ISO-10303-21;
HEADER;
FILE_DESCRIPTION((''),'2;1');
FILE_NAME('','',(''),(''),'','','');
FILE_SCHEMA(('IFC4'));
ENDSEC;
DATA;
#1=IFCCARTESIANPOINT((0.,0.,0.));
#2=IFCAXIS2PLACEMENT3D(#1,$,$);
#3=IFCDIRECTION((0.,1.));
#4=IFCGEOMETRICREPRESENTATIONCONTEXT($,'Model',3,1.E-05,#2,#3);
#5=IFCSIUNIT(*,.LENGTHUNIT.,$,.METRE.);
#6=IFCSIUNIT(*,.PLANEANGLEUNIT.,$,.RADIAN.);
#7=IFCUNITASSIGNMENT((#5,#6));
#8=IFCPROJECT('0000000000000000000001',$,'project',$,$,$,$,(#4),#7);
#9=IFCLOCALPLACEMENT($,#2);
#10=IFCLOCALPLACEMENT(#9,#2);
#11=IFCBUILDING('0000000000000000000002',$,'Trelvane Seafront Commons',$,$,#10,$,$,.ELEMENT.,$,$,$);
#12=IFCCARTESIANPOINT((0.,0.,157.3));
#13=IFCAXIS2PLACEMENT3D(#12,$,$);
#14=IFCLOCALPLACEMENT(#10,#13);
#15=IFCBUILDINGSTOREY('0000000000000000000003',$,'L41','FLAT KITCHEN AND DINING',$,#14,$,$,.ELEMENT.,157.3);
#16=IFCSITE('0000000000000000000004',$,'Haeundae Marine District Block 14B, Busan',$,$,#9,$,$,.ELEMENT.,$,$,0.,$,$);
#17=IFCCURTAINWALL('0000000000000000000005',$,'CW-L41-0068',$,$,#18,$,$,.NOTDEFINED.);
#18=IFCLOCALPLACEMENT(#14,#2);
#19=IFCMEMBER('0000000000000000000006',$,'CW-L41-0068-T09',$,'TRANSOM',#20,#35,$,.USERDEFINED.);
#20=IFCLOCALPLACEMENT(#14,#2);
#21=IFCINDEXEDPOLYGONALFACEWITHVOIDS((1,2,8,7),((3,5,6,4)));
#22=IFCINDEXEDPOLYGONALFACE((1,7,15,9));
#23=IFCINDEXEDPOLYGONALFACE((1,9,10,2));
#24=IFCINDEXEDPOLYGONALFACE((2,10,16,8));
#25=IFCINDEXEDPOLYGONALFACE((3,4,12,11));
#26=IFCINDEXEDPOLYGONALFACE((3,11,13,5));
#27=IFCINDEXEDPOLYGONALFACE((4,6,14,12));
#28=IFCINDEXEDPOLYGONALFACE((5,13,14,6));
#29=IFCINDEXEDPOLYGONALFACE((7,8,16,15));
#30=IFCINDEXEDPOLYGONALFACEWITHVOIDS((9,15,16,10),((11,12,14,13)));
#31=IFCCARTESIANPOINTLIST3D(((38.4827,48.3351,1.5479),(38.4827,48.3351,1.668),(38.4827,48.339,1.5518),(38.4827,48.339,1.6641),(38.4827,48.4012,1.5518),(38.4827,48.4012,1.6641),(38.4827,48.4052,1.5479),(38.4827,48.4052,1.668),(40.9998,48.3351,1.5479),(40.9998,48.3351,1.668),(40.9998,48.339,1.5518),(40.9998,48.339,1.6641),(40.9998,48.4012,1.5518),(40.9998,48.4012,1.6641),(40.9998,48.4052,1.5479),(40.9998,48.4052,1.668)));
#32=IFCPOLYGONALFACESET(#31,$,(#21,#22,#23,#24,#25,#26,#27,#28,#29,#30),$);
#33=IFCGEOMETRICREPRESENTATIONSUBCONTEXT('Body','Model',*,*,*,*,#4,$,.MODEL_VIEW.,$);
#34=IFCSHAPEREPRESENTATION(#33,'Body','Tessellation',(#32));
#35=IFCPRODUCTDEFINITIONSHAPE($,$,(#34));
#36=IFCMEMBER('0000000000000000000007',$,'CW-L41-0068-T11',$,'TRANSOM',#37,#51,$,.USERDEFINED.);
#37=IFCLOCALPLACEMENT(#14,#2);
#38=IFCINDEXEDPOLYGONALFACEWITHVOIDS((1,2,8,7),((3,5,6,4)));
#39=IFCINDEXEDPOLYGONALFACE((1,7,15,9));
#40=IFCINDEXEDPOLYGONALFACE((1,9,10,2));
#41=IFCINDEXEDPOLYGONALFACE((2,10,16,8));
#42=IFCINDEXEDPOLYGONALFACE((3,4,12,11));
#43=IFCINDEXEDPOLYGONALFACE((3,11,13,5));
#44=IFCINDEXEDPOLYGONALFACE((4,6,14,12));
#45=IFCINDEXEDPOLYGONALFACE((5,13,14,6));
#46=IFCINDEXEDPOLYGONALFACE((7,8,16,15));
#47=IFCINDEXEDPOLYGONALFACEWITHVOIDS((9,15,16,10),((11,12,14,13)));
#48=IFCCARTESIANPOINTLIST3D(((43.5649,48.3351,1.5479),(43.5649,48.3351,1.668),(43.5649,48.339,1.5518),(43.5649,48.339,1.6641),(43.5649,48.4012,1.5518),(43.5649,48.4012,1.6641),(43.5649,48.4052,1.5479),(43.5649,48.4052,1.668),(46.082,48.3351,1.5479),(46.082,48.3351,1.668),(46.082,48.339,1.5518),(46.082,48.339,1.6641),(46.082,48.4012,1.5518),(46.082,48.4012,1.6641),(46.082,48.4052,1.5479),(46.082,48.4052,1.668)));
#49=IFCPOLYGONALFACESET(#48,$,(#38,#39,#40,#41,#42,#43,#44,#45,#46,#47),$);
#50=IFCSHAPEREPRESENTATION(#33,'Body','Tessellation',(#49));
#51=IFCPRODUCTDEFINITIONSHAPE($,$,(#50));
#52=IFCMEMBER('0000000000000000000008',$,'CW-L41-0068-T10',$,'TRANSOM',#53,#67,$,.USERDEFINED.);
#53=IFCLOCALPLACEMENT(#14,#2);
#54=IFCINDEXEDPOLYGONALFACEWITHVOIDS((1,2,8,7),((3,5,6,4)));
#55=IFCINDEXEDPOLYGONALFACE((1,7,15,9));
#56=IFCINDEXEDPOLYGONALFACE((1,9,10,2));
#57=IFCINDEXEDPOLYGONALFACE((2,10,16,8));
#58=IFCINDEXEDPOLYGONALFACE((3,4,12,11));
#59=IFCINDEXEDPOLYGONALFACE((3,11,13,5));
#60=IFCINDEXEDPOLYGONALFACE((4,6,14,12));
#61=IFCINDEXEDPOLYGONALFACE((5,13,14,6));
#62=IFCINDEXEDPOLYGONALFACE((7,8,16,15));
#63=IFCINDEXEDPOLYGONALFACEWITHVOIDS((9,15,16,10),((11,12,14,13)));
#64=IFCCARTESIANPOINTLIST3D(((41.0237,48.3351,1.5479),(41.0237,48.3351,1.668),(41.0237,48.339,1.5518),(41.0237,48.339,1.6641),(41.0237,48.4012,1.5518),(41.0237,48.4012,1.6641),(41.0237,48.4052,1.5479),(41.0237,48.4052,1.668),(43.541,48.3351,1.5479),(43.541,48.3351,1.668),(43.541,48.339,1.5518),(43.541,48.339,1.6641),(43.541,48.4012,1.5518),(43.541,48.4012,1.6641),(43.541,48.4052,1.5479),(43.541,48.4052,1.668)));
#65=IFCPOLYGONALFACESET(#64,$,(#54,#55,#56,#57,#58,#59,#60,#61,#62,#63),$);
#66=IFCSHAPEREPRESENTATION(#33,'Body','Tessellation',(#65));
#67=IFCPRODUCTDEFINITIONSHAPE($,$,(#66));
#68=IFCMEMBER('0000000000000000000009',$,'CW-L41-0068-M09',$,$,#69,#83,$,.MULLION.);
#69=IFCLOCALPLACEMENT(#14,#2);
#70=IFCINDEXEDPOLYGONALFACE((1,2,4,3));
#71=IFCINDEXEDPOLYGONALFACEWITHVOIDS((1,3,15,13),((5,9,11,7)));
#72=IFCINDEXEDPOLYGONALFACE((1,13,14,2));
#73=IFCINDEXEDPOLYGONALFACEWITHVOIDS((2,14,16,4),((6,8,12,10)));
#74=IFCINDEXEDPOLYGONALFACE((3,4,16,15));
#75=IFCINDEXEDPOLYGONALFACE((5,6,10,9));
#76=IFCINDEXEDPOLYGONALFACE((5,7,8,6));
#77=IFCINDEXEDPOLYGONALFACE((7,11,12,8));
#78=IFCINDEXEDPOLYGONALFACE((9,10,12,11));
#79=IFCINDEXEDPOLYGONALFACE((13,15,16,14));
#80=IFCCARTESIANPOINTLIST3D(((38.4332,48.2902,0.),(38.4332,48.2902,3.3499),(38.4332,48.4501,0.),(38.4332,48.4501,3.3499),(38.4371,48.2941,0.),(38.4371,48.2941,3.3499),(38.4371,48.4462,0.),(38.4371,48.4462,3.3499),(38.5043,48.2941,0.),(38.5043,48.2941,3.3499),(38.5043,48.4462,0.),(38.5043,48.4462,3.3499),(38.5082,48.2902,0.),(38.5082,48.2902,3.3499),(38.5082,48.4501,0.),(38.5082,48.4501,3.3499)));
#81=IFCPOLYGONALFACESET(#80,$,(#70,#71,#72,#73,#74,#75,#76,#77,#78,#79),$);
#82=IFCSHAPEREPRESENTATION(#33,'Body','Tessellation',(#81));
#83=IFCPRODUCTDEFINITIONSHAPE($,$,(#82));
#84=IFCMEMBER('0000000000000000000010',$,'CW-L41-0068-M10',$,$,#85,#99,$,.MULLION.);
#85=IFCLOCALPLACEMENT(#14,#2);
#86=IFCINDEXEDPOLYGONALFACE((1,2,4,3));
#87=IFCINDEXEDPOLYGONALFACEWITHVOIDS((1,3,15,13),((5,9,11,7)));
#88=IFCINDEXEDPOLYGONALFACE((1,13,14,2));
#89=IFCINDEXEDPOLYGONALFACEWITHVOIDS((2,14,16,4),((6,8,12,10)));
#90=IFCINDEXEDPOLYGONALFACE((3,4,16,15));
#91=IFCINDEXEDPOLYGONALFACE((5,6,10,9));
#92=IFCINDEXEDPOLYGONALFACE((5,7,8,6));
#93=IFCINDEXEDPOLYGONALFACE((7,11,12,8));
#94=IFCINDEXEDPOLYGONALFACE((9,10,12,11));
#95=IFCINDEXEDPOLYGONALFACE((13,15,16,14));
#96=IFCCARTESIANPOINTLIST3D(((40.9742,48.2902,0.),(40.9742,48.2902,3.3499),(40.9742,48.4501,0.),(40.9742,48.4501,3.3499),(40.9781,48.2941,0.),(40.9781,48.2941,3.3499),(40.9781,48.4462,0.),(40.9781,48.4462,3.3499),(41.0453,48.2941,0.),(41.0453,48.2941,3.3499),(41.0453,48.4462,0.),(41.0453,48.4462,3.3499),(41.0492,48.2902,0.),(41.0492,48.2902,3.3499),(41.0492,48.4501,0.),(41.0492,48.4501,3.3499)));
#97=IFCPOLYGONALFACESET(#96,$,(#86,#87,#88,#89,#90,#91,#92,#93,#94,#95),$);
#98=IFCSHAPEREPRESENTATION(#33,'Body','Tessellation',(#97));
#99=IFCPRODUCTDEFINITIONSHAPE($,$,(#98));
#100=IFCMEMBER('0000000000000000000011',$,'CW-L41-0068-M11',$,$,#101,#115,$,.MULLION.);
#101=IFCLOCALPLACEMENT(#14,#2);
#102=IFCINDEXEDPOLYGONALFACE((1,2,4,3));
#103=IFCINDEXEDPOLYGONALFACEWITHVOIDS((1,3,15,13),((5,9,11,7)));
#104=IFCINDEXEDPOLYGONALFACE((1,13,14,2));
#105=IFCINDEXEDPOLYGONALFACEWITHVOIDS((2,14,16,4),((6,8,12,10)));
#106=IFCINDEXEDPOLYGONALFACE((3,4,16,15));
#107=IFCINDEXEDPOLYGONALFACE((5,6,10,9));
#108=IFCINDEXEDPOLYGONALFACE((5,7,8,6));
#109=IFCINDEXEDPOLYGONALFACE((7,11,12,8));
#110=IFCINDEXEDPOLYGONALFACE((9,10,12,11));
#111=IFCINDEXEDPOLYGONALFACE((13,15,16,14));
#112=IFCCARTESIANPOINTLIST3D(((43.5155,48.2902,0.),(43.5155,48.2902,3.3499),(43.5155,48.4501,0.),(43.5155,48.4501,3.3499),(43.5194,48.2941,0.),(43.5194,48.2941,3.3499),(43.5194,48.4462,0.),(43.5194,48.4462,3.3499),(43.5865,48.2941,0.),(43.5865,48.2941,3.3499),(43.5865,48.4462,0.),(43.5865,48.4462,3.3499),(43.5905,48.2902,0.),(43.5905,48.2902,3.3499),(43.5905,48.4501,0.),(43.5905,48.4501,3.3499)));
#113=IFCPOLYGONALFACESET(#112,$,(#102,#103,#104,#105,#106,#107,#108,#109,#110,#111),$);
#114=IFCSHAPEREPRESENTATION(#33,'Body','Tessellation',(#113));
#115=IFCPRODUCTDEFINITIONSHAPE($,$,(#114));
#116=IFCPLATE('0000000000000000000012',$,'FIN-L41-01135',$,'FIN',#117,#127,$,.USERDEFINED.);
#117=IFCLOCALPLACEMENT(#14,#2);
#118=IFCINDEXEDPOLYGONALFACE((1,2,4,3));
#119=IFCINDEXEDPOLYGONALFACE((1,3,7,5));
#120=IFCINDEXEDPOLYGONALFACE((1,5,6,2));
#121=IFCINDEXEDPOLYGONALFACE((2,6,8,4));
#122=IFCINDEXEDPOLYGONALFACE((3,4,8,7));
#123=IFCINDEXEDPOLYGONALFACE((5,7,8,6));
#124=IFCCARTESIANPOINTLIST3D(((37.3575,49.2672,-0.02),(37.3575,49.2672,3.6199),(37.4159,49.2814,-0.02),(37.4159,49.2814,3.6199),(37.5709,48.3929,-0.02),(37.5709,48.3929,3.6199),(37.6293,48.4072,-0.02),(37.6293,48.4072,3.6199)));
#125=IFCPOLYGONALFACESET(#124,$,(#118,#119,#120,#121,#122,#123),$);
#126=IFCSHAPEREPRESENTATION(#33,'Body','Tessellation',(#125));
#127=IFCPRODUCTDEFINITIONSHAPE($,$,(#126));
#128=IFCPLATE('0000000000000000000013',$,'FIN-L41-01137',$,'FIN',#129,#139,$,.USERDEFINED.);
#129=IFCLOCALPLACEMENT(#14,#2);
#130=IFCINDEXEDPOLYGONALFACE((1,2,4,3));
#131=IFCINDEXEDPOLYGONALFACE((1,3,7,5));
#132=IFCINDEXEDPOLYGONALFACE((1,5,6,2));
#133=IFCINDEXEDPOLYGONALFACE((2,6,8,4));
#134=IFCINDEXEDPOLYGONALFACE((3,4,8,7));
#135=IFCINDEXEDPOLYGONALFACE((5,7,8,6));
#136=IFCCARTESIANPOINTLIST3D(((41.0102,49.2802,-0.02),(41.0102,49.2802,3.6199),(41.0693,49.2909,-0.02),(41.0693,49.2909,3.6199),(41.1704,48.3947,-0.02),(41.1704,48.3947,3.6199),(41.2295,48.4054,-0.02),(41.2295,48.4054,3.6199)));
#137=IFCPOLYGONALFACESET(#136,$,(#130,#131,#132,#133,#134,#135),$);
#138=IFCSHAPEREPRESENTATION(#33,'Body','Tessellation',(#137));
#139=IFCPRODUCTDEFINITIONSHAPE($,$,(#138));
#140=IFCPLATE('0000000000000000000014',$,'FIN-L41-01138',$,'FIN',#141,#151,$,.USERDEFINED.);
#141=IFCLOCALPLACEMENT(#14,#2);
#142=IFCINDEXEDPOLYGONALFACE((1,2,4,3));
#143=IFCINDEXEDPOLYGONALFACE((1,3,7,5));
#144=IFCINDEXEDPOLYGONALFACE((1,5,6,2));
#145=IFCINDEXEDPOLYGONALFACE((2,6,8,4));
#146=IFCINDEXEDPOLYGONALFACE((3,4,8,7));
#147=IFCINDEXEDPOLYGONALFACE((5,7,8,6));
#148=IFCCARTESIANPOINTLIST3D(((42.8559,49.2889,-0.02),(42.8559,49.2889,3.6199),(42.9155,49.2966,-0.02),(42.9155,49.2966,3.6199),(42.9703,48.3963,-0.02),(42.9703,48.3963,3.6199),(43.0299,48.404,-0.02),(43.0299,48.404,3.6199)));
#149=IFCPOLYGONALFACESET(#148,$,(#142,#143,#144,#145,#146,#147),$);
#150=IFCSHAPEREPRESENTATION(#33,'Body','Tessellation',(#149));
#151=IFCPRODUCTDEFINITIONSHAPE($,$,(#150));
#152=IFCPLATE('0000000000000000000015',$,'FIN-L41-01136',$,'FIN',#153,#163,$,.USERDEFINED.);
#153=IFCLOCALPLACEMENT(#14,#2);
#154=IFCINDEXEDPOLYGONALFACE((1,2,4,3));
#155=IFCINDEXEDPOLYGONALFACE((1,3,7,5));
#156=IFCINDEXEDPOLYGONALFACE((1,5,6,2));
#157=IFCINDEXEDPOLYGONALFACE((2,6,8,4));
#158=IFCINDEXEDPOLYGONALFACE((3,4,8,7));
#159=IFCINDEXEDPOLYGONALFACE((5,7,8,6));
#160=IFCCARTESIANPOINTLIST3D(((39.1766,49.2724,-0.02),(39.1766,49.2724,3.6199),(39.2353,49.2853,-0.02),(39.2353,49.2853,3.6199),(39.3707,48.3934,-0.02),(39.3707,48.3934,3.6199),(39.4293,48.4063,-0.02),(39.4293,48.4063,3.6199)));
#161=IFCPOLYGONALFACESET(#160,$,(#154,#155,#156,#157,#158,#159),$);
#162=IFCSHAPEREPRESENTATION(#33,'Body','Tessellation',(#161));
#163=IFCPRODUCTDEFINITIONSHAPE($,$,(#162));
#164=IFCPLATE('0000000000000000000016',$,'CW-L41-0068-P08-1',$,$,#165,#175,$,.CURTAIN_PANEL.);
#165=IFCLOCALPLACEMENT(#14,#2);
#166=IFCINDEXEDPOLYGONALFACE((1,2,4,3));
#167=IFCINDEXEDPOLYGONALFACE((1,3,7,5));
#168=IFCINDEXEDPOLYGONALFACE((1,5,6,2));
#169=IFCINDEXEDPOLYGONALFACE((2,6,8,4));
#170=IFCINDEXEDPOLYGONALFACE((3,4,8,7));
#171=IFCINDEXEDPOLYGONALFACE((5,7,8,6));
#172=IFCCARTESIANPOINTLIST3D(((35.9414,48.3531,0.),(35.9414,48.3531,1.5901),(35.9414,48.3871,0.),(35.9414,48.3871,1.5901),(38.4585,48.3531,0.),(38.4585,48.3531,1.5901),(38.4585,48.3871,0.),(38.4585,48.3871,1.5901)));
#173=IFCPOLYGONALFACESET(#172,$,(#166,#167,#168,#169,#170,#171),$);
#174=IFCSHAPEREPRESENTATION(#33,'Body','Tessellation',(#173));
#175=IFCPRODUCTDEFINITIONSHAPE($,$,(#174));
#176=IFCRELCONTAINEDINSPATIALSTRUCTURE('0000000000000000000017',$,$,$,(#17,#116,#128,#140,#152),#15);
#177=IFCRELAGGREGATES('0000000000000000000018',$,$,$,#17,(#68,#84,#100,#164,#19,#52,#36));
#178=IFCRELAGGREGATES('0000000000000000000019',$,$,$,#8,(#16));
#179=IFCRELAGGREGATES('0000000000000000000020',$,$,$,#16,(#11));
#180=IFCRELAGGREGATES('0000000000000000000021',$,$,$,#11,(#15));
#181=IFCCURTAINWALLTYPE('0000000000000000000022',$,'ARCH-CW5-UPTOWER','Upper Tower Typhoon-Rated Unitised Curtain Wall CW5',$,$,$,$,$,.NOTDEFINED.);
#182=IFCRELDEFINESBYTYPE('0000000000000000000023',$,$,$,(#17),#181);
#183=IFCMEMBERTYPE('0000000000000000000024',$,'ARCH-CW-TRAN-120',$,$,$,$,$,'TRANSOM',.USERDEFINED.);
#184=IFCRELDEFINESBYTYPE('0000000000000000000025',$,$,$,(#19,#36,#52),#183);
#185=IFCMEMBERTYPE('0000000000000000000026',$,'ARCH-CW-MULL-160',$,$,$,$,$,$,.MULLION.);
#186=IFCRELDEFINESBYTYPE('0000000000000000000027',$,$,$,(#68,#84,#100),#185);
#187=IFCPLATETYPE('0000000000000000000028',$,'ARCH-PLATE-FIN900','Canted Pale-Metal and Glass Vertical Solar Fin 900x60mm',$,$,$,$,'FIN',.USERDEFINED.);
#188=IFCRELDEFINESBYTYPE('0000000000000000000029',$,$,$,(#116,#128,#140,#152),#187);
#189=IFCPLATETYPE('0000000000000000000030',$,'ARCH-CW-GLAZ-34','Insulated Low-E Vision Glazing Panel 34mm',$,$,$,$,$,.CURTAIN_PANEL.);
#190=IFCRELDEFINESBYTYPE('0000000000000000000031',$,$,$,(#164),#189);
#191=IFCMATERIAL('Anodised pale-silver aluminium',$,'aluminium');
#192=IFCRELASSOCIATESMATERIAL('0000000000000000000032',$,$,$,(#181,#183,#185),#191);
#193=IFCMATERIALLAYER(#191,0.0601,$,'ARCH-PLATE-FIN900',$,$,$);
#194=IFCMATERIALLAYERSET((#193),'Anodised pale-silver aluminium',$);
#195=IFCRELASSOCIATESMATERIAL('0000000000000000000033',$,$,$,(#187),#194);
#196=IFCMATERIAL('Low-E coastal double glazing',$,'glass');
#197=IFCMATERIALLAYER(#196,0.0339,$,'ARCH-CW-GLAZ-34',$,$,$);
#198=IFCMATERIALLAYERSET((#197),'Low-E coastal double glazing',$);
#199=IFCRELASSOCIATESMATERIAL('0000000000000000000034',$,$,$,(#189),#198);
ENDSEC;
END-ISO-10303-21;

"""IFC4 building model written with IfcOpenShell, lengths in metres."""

from ifc_helpers import new_model, si_unit, direction, frame, origin, origin_2d, place, context, subcontext, project, spatial, rectangle, hollow_rectangle, extrude, source, transform, mapped, material, layer, layer_set, material_profile, profile_set, type_object, element, aggregate, save


model = new_model("IFC4")

# Units and contexts
model_context = context("Model", 3, precision=1e-05, world=origin(), true_north=direction((0.0, 1.0)))
body_context = subcontext(model_context, "Body", "Model", "MODEL_VIEW")
ifc_project = project(units=[si_unit("LENGTHUNIT", "METRE"), si_unit("PLANEANGLEUNIT", "RADIAN")], contexts=[model_context])

# Site, building, storey
site_placement = place(None, origin())
site = spatial("IfcSite", under=ifc_project, at=site_placement, Name="Haeundae Marine District Block 14B, Busan", CompositionType="ELEMENT", RefElevation=0.0)
building_placement = place(site_placement, origin())
building = spatial("IfcBuilding", under=site, at=building_placement, Name="Trelvane Seafront Commons", CompositionType="ELEMENT")
storey_placement = place(building_placement, frame((0.0, 0.0, 157.3)))
storey = spatial("IfcBuildingStorey", under=building, at=storey_placement, Name="L41", Description="FLAT KITCHEN AND DINING", CompositionType="ELEMENT", Elevation=157.3)

# Curtain wall, members
ifc_material_1 = material(Name="Anodised pale-silver aluminium", Category="aluminium")
curtain_wall_type = type_object("IfcCurtainWallType", Name="ARCH-CW5-UPTOWER", Description="Upper Tower Typhoon-Rated Unitised Curtain Wall CW5", PredefinedType="NOTDEFINED", material=ifc_material_1)
curtain_wall_placement = place(storey_placement, origin())
curtain_wall = element("IfcCurtainWall", 1, at=curtain_wall_placement, inside=storey, type_object=curtain_wall_type, Name="CW-L41-0068", PredefinedType="NOTDEFINED")
ifc_material_profile_1 = material_profile(ifc_material_1, hollow_rectangle(XDim=0.0701, YDim=0.1201, WallThickness=0.0039, at=origin_2d()), Name="TRAN-70x120x4")
ifc_profile_set_1 = profile_set([ifc_material_profile_1], Name="Anodised pale-silver aluminium")
member_type_1 = type_object("IfcMemberType", Name="ARCH-CW-TRAN-120", ElementType="TRANSOM", PredefinedType="USERDEFINED", material=ifc_profile_set_1)
shared_shape_1 = source(origin(), body_context, "Body", "SweptSolid", [
    extrude(hollow_rectangle(XDim=0.0701, YDim=0.1201, WallThickness=0.0039, at=origin_2d()), origin(), (0.0, 0.0, 1.0), 2.5171),
])
member_1_placement = place(storey_placement, frame((38.4827, 48.3701, 1.6079), z_axis=(1.0, 0.0, 0.0), x_axis=(0.0, 1.0, 0.0)))
member_1 = element("IfcMember", 2, at=member_1_placement, type_object=member_type_1, Name="CW-L41-0068-T09", ObjectType="TRANSOM", PredefinedType="USERDEFINED", context=body_context, shape_type="MappedRepresentation", body=[
    mapped(shared_shape_1, transform((0.0, 0.0, 0.0), x_axis=(1.0, 0.0, 0.0), y_axis=(0.0, 1.0, 0.0), z_axis=(0.0, 0.0, 1.0), scale=1.0)),
])
member_2_placement = place(storey_placement, frame((43.5649, 48.3701, 1.6079), z_axis=(1.0, 0.0, 0.0), x_axis=(0.0, 1.0, 0.0)))
member_2 = element("IfcMember", 3, at=member_2_placement, type_object=member_type_1, Name="CW-L41-0068-T11", ObjectType="TRANSOM", PredefinedType="USERDEFINED", context=body_context, shape_type="MappedRepresentation", body=[
    mapped(shared_shape_1, transform((0.0, 0.0, 0.0), x_axis=(1.0, 0.0, 0.0), y_axis=(0.0, 1.0, 0.0), z_axis=(0.0, 0.0, 1.0), scale=1.0)),
])
shared_shape_2 = source(origin(), body_context, "Body", "SweptSolid", [
    extrude(hollow_rectangle(XDim=0.0701, YDim=0.1201, WallThickness=0.0039, at=origin_2d()), origin(), (0.0, 0.0, 1.0), 2.5173),
])
member_3_placement = place(storey_placement, frame((41.0237, 48.3701, 1.6079), z_axis=(1.0, 0.0, 0.0), x_axis=(0.0, 1.0, 0.0)))
member_3 = element("IfcMember", 4, at=member_3_placement, type_object=member_type_1, Name="CW-L41-0068-T10", ObjectType="TRANSOM", PredefinedType="USERDEFINED", context=body_context, shape_type="MappedRepresentation", body=[
    mapped(shared_shape_2, transform((0.0, 0.0, 0.0), x_axis=(1.0, 0.0, 0.0), y_axis=(0.0, 1.0, 0.0), z_axis=(0.0, 0.0, 1.0), scale=1.0)),
])
ifc_material_profile_2 = material_profile(ifc_material_1, hollow_rectangle(XDim=0.075, YDim=0.1599, WallThickness=0.0039, at=origin_2d()), Name="MULL-75x160x4")
ifc_profile_set_2 = profile_set([ifc_material_profile_2], Name="Anodised pale-silver aluminium")
member_type_2 = type_object("IfcMemberType", Name="ARCH-CW-MULL-160", PredefinedType="MULLION", material=ifc_profile_set_2)
shared_shape_3 = source(origin(), body_context, "Body", "SweptSolid", [
    extrude(hollow_rectangle(XDim=0.075, YDim=0.1599, WallThickness=0.0039, at=origin_2d()), origin(), (0.0, 0.0, 1.0), 3.3499),
])
member_4_placement = place(storey_placement, frame((38.4707, 48.3701, 0.0), z_axis=(0.0, 0.0, 1.0), x_axis=(1.0, 0.0, 0.0)))
member_4 = element("IfcMember", 5, at=member_4_placement, type_object=member_type_2, Name="CW-L41-0068-M09", PredefinedType="MULLION", context=body_context, shape_type="MappedRepresentation", body=[
    mapped(shared_shape_3, transform((0.0, 0.0, 0.0), x_axis=(1.0, 0.0, 0.0), y_axis=(0.0, 1.0, 0.0), z_axis=(0.0, 0.0, 1.0), scale=1.0)),
])
member_5_placement = place(storey_placement, frame((41.0117, 48.3701, 0.0), z_axis=(0.0, 0.0, 1.0), x_axis=(1.0, 0.0, 0.0)))
member_5 = element("IfcMember", 6, at=member_5_placement, type_object=member_type_2, Name="CW-L41-0068-M10", PredefinedType="MULLION", context=body_context, shape_type="MappedRepresentation", body=[
    mapped(shared_shape_3, transform((0.0, 0.0, 0.0), x_axis=(1.0, 0.0, 0.0), y_axis=(0.0, 1.0, 0.0), z_axis=(0.0, 0.0, 1.0), scale=1.0)),
])
member_6_placement = place(storey_placement, frame((43.553, 48.3701, 0.0), z_axis=(0.0, 0.0, 1.0), x_axis=(1.0, 0.0, 0.0)))
member_6 = element("IfcMember", 7, at=member_6_placement, type_object=member_type_2, Name="CW-L41-0068-M11", PredefinedType="MULLION", context=body_context, shape_type="MappedRepresentation", body=[
    mapped(shared_shape_3, transform((0.0, 0.0, 0.0), x_axis=(1.0, 0.0, 0.0), y_axis=(0.0, 1.0, 0.0), z_axis=(0.0, 0.0, 1.0), scale=1.0)),
])

# Plates
ifc_layer_1 = layer(ifc_material_1, 0.0601, Name="ARCH-PLATE-FIN900")
ifc_layer_set_1 = layer_set([ifc_layer_1], Name="Anodised pale-silver aluminium")
plate_type_1 = type_object("IfcPlateType", Name="ARCH-PLATE-FIN900", Description="Canted Pale-Metal and Glass Vertical Solar Fin 900x60mm", ElementType="FIN", PredefinedType="USERDEFINED", material=ifc_layer_set_1)
shared_shape_4 = source(origin(), body_context, "Body", "SweptSolid", [
    extrude(rectangle(XDim=0.8999, YDim=0.0601, at=origin_2d()), origin(), (0.0, 0.0, 1.0), 3.6399),
])
for number, where, z_axis, x_axis, name in (
    (8, (37.4934, 48.8372, -0.02), (0.0, 0.0, 1.0), (-0.23712, 0.97148, 0.0), "FIN-L41-01135"),
    (9, (41.1199, 48.8428, -0.02), (0.0, 0.0, 1.0), (-0.178005, 0.98403, 0.0), "FIN-L41-01137"),
    (10, (42.9429, 48.8464, -0.02), (0.0, 0.0, 1.0), (-0.127111, 0.991888, 0.0), "FIN-L41-01138"),
):
    element("IfcPlate", number, at=place(storey_placement, frame(where, z_axis=z_axis, x_axis=x_axis)), inside=storey, type_object=plate_type_1, Name=name, ObjectType="FIN", PredefinedType="USERDEFINED", context=body_context, shape_type="MappedRepresentation", body=[
        mapped(shared_shape_4, transform((0.0, 0.0, 0.0), x_axis=(1.0, 0.0, 0.0), y_axis=(0.0, 1.0, 0.0), z_axis=(0.0, 0.0, 1.0), scale=1.0)),
    ])
shared_shape_5 = source(origin(), body_context, "Body", "SweptSolid", [
    extrude(rectangle(XDim=0.9001, YDim=0.0601, at=origin_2d()), origin(), (0.0, 0.0, 1.0), 3.6399),
])
plate_1_placement = place(storey_placement, frame((39.303, 48.8394, -0.02), z_axis=(0.0, 0.0, 1.0), x_axis=(-0.215542, 0.976495, 0.0)))
element("IfcPlate", 11, at=plate_1_placement, inside=storey, type_object=plate_type_1, Name="FIN-L41-01136", ObjectType="FIN", PredefinedType="USERDEFINED", context=body_context, shape_type="MappedRepresentation", body=[
    mapped(shared_shape_5, transform((0.0, 0.0, 0.0), x_axis=(1.0, 0.0, 0.0), y_axis=(0.0, 1.0, 0.0), z_axis=(0.0, 0.0, 1.0), scale=1.0)),
])

# Plate
ifc_material_2 = material(Name="Low-E coastal double glazing", Category="glass")
ifc_layer_2 = layer(ifc_material_2, 0.0339, Name="ARCH-CW-GLAZ-34")
ifc_layer_set_2 = layer_set([ifc_layer_2], Name="Low-E coastal double glazing")
plate_type_2 = type_object("IfcPlateType", Name="ARCH-CW-GLAZ-34", Description="Insulated Low-E Vision Glazing Panel 34mm", PredefinedType="CURTAIN_PANEL", material=ifc_layer_set_2)
shared_shape_6 = source(origin(), body_context, "Body", "SweptSolid", [
    extrude(rectangle(XDim=2.5171, YDim=0.0339, at=origin_2d()), origin(), (0.0, 0.0, 1.0), 1.5901),
])
plate_2_placement = place(storey_placement, frame((37.2, 48.3701, 0.0), z_axis=(0.0, 0.0, 1.0), x_axis=(1.0, 0.0, 0.0)))
plate_2 = element("IfcPlate", 12, at=plate_2_placement, type_object=plate_type_2, Name="CW-L41-0068-P08-1", PredefinedType="CURTAIN_PANEL", context=body_context, shape_type="MappedRepresentation", body=[
    mapped(shared_shape_6, transform((0.0, 0.0, 0.0), x_axis=(1.0, 0.0, 0.0), y_axis=(0.0, 1.0, 0.0), z_axis=(0.0, 0.0, 1.0), scale=1.0)),
])
aggregate(curtain_wall, [member_4, member_5, member_6, plate_2, member_1, member_3, member_2])

save(model, "model.ifc")
